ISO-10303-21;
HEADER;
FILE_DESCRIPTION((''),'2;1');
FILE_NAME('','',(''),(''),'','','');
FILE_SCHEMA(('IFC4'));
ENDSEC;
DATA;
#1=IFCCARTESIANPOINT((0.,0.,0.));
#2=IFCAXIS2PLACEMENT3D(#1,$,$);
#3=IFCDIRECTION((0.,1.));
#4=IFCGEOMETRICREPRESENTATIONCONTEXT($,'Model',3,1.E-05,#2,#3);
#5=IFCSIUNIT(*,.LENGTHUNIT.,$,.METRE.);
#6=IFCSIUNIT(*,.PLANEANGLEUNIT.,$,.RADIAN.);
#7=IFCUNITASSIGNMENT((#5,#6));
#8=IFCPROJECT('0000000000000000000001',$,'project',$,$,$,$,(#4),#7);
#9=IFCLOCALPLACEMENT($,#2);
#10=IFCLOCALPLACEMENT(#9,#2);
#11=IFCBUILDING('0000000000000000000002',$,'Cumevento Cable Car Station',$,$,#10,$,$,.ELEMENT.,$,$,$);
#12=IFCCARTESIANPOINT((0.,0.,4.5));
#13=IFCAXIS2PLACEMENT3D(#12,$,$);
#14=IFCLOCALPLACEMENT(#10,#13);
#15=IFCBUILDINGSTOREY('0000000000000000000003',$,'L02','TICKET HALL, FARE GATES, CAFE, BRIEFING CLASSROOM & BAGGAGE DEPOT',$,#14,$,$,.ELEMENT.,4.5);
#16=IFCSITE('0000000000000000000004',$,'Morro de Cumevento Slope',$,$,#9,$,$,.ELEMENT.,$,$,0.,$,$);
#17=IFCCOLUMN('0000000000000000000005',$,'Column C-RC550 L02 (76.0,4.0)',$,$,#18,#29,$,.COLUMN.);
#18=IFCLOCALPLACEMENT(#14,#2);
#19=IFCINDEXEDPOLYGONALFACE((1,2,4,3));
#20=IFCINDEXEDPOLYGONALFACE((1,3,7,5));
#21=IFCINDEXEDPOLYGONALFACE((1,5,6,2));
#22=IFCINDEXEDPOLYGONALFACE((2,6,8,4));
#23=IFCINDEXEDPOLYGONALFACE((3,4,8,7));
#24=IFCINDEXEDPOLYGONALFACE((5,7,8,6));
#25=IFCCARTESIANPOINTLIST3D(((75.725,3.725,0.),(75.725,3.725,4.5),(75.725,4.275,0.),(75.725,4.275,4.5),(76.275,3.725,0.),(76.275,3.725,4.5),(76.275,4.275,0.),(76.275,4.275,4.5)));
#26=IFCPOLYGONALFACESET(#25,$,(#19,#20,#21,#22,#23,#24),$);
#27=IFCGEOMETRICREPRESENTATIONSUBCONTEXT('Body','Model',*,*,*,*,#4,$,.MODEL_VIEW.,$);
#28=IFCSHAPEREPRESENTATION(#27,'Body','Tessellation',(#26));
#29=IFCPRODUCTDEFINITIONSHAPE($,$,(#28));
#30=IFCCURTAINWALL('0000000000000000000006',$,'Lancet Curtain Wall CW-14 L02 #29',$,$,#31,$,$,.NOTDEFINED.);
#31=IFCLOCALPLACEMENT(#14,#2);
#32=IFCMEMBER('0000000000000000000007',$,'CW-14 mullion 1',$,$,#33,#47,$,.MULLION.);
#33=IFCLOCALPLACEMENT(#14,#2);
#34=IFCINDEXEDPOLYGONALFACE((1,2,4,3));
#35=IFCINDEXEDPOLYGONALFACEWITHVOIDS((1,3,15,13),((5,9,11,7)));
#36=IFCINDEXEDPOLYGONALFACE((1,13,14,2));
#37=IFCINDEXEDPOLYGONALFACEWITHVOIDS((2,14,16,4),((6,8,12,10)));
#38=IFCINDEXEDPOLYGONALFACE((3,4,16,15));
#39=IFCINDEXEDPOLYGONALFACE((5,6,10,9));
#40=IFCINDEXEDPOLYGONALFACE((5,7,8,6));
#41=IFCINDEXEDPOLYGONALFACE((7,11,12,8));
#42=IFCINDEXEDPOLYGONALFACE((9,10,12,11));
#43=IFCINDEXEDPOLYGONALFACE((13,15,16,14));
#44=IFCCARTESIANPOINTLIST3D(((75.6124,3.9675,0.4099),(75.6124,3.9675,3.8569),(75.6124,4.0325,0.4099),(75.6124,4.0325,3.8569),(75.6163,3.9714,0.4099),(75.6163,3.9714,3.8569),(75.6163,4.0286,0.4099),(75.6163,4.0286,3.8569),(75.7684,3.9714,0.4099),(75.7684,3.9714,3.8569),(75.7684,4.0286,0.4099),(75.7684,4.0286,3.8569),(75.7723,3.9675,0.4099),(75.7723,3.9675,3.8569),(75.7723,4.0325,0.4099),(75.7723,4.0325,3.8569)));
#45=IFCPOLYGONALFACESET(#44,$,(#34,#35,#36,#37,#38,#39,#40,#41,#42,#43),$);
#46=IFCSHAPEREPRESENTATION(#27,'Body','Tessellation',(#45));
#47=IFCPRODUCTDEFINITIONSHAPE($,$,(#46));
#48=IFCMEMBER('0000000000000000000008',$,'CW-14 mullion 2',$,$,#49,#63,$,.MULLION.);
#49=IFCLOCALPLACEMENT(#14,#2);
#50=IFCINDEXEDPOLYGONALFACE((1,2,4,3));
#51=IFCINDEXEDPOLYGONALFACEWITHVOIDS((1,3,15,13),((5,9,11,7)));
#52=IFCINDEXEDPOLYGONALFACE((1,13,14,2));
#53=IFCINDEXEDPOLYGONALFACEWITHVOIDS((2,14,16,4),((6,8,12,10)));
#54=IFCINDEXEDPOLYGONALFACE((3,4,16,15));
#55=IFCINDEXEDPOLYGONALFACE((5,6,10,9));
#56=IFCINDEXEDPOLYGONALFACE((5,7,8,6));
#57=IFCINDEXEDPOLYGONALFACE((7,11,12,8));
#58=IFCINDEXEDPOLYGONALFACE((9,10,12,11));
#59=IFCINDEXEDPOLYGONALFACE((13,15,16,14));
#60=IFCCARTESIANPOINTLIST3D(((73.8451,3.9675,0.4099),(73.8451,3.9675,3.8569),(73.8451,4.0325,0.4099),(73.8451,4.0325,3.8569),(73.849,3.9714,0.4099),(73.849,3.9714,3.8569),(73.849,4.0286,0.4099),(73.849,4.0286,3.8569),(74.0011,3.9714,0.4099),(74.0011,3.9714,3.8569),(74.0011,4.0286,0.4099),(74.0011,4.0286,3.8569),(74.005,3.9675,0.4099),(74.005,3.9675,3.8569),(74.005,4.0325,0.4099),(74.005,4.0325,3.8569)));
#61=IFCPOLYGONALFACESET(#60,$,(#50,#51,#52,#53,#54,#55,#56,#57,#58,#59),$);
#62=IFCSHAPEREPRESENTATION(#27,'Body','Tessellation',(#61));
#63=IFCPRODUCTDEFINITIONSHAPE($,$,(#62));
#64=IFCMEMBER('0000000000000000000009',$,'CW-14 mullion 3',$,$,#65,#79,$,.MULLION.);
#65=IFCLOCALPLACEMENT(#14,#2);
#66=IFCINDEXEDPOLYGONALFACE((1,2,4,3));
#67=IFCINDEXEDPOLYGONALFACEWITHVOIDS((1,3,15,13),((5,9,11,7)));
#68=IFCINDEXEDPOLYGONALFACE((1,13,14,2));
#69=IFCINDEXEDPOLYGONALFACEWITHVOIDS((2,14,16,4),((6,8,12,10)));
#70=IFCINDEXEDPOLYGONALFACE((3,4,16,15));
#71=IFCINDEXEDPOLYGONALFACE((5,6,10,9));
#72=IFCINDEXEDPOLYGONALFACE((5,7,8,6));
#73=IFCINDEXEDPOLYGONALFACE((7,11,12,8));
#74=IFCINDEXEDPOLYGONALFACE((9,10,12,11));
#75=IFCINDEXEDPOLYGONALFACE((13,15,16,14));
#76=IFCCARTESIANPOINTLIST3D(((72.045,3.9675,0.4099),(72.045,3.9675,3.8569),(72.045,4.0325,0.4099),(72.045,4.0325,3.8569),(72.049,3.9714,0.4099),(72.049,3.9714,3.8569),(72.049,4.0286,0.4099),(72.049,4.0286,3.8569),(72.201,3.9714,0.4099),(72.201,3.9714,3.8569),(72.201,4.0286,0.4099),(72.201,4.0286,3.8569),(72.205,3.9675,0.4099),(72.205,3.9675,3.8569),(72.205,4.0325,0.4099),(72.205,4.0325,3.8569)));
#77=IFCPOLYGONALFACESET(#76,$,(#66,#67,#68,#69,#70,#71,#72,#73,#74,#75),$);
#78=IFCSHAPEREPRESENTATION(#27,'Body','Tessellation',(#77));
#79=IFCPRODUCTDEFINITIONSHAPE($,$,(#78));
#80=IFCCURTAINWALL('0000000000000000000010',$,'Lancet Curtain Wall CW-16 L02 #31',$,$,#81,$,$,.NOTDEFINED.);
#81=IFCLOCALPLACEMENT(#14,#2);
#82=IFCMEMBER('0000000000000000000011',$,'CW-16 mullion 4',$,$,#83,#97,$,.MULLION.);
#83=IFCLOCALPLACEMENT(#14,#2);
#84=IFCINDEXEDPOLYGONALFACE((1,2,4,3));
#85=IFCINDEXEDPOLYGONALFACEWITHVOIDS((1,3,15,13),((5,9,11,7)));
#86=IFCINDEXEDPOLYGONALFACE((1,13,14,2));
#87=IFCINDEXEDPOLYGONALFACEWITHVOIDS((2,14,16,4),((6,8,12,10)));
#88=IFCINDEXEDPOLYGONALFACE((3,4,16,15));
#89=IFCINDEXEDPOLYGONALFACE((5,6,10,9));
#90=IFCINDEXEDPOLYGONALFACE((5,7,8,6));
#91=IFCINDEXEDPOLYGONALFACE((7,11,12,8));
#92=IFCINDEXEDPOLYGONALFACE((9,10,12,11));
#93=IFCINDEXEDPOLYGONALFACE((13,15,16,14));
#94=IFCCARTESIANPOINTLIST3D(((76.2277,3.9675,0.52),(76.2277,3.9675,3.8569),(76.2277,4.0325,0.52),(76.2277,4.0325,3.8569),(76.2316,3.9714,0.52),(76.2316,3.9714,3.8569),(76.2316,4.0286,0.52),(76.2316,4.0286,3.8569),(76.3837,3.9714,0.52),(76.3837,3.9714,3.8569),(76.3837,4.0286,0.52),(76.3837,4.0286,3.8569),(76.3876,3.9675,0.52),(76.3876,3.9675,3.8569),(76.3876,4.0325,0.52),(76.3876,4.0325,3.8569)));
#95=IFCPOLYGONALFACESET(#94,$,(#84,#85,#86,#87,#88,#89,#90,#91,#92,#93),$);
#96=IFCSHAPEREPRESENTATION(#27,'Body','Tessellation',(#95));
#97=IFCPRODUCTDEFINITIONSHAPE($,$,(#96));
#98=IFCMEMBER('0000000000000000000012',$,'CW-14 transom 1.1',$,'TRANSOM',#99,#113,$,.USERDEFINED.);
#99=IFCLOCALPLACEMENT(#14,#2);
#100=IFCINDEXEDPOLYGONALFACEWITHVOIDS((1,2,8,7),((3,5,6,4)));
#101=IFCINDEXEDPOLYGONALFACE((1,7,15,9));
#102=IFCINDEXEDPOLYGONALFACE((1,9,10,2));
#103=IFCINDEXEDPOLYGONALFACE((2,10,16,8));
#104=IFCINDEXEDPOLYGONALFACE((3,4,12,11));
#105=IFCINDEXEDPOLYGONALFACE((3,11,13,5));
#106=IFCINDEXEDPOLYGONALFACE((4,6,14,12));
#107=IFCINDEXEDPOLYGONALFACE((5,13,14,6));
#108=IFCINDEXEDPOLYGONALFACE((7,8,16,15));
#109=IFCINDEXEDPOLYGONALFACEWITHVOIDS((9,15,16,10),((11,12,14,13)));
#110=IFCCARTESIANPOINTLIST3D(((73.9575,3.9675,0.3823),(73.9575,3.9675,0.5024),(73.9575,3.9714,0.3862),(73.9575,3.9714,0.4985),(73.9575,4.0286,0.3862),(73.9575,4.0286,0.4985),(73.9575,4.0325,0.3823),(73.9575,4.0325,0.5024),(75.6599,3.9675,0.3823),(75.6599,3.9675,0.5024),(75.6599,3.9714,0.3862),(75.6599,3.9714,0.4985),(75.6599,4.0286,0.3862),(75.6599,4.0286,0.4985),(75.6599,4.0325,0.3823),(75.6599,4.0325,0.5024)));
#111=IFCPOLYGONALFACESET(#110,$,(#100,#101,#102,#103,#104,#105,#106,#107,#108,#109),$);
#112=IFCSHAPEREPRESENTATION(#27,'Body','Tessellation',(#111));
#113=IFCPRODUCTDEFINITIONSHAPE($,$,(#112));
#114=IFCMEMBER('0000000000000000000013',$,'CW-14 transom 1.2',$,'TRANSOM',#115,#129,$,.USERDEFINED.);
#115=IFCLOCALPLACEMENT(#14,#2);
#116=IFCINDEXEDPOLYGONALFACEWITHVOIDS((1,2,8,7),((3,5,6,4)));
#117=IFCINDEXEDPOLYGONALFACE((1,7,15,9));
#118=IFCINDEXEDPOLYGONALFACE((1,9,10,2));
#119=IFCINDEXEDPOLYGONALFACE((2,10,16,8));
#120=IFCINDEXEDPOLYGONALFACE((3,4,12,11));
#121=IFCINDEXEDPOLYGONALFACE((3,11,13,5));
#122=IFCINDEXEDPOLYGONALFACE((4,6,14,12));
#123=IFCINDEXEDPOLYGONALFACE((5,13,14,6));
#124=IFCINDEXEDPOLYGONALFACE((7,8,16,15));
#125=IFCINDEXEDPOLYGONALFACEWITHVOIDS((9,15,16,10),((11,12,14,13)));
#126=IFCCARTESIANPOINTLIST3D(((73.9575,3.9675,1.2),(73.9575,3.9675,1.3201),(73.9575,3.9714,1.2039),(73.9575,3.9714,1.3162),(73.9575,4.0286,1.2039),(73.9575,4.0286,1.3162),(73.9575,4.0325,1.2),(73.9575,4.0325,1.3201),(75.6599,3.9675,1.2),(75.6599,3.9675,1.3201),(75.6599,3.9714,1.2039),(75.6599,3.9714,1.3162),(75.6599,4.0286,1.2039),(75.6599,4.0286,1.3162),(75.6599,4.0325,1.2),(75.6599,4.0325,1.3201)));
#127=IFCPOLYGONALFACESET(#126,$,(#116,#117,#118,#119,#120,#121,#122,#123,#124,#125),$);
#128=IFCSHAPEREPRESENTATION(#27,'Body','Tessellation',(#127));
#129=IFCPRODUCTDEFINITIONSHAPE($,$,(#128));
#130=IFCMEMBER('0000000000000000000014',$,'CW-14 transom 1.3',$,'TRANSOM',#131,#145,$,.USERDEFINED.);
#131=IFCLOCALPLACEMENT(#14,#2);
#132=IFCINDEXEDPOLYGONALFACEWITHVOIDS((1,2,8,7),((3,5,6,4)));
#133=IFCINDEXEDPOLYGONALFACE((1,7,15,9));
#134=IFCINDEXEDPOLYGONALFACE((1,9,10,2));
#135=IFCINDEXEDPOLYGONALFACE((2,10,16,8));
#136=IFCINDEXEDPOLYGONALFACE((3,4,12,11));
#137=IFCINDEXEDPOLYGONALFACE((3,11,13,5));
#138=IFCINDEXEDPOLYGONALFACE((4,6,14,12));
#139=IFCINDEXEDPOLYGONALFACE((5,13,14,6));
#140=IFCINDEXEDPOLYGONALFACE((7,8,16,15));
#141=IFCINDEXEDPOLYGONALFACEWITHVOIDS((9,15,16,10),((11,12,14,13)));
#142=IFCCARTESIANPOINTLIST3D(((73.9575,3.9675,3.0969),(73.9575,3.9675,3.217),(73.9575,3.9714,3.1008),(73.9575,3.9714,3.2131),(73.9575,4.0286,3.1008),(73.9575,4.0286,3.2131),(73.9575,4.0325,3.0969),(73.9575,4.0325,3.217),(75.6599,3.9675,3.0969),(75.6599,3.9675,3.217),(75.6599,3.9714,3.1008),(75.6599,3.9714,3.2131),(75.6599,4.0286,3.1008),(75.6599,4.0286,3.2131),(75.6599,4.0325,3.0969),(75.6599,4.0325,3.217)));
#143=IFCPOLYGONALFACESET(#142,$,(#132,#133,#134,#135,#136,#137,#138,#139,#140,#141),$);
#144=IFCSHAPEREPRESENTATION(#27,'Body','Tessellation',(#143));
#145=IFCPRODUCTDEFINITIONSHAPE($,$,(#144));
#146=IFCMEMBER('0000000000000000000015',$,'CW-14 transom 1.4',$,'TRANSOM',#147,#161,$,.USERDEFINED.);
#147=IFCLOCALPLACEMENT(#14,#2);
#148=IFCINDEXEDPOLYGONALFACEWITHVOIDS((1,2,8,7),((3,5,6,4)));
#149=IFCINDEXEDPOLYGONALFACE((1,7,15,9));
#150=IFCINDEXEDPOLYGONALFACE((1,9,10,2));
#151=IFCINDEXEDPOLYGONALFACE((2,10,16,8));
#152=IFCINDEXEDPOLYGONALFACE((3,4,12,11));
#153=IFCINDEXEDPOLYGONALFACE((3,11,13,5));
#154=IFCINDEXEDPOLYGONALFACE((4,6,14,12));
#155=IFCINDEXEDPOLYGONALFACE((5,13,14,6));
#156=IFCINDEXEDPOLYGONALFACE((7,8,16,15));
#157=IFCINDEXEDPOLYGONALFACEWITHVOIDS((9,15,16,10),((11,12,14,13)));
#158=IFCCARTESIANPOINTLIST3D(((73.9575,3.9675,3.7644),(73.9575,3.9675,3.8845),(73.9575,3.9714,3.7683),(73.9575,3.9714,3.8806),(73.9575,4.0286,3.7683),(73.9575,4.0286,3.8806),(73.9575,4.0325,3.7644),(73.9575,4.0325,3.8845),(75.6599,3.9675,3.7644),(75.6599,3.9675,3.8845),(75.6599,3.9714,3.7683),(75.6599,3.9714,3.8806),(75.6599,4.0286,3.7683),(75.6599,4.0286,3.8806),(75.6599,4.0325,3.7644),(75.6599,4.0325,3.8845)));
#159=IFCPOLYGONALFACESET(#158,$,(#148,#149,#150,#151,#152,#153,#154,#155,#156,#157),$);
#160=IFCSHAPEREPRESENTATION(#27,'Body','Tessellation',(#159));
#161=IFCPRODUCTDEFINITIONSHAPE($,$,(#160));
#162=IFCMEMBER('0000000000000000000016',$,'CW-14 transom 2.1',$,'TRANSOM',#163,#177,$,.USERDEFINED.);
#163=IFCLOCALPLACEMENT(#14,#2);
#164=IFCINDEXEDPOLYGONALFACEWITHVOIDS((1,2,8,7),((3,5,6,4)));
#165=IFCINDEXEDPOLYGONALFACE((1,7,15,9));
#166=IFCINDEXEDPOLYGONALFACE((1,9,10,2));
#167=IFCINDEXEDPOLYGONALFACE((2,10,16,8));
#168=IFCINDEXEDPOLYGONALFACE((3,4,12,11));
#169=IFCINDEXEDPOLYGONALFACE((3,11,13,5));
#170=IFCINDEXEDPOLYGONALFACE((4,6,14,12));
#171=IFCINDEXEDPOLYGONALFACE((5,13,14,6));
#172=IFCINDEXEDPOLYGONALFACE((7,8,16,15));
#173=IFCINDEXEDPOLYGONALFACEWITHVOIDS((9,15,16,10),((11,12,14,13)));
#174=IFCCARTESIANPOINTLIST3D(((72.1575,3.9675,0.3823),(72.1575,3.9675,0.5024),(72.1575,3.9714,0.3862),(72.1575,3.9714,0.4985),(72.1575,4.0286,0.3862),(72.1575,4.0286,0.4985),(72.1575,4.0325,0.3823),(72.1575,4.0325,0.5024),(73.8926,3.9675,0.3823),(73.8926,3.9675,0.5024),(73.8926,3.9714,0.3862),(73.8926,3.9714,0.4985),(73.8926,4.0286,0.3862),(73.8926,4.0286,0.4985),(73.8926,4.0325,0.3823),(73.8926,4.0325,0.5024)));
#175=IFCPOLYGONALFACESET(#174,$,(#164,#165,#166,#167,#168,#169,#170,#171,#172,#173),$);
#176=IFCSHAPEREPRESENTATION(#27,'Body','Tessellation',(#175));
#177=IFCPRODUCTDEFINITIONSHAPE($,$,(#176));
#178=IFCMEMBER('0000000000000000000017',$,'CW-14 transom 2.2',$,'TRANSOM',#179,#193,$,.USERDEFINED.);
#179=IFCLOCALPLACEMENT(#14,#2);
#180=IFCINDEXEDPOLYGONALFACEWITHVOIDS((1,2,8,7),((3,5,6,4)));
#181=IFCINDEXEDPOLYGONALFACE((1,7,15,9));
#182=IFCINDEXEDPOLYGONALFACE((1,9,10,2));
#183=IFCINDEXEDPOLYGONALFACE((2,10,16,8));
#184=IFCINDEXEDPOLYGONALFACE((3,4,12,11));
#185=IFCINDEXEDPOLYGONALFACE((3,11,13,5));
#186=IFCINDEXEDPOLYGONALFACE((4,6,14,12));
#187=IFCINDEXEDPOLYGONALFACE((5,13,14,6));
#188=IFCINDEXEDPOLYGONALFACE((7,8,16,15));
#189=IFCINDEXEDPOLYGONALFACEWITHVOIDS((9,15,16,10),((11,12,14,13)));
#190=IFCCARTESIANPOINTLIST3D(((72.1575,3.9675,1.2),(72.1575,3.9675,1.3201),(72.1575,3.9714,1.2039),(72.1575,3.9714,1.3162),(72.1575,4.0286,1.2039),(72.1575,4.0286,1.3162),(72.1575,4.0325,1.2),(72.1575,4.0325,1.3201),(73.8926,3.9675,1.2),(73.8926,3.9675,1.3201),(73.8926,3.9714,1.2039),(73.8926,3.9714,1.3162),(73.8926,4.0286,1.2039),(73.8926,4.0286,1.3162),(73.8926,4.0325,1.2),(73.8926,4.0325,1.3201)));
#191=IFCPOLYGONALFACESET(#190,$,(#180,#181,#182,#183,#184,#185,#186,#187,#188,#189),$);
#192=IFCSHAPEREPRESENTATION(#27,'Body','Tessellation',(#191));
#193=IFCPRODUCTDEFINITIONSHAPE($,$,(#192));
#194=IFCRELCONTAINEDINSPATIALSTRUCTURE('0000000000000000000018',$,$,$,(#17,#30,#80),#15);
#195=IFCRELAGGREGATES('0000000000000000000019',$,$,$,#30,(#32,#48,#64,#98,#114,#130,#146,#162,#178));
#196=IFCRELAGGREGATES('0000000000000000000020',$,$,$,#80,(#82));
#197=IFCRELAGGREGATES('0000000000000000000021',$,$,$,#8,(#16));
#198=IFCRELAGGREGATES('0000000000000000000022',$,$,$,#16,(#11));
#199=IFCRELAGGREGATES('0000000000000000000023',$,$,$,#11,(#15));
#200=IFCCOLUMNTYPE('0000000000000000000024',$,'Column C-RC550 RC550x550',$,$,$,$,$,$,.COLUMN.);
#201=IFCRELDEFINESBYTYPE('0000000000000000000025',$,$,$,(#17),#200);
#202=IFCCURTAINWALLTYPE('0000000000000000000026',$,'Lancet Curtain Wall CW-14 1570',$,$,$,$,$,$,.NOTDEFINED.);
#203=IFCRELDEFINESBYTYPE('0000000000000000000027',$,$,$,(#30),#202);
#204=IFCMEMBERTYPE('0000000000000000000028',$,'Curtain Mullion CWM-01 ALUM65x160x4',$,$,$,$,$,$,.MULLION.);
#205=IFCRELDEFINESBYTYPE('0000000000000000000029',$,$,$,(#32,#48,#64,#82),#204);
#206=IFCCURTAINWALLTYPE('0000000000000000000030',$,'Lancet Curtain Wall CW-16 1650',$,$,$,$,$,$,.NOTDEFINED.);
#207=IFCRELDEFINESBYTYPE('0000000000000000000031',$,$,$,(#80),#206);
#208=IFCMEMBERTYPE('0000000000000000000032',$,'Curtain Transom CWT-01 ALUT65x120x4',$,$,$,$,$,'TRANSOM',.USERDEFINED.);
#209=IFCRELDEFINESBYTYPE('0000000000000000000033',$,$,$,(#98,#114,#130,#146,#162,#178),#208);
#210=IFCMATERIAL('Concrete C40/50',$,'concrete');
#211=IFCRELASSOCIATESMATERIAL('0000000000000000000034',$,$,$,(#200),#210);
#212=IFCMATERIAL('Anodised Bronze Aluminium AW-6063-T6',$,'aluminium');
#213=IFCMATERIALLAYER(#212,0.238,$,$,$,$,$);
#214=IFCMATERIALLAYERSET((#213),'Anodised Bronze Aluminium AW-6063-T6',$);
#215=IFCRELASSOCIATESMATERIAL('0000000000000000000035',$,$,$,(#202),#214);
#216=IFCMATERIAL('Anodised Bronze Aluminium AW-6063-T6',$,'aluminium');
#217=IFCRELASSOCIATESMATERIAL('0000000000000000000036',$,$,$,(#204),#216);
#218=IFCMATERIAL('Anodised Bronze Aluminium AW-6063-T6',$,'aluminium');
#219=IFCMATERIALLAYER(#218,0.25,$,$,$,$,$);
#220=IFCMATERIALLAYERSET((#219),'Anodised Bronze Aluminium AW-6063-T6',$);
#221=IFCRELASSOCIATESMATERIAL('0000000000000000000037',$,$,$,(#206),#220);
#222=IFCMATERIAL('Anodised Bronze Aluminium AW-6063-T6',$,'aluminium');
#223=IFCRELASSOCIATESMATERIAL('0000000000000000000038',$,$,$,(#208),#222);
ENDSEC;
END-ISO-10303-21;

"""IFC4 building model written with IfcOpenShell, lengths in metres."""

from ifc_helpers import new_model, si_unit, direction, frame, origin, origin_2d, place, context, subcontext, project, spatial, rectangle, hollow_rectangle, extrude, material, layer, layer_set, material_profile, profile_set, type_object, element, aggregate, save


model = new_model("IFC4")

# Units and contexts
model_context = context("Model", 3, precision=1e-05, world=origin(), true_north=direction((0.0, 1.0)))
body_context = subcontext(model_context, "Body", "Model", "MODEL_VIEW")
ifc_project = project(units=[si_unit("LENGTHUNIT", "METRE"), si_unit("PLANEANGLEUNIT", "RADIAN")], contexts=[model_context])

# Site, building, storey
site_placement = place(None, origin())
site = spatial("IfcSite", under=ifc_project, at=site_placement, Name="Morro de Cumevento Slope", CompositionType="ELEMENT", RefElevation=0.0)
building_placement = place(site_placement, origin())
building = spatial("IfcBuilding", under=site, at=building_placement, Name="Cumevento Cable Car Station", CompositionType="ELEMENT")
storey_placement = place(building_placement, frame((0.0, 0.0, 4.5)))
storey = spatial("IfcBuildingStorey", under=building, at=storey_placement, Name="L02", Description="TICKET HALL, FARE GATES, CAFE, BRIEFING CLASSROOM & BAGGAGE DEPOT", CompositionType="ELEMENT", Elevation=4.5)

# Column
ifc_material_1 = material(Name="Concrete C40/50", Category="concrete")
ifc_material_profile_1 = material_profile(ifc_material_1, rectangle(XDim=0.55, YDim=0.55, at=origin_2d()), Name="RC550x550")
ifc_profile_set_1 = profile_set([ifc_material_profile_1], Name="Concrete C40/50")
column_type = type_object("IfcColumnType", Name="Column C-RC550 RC550x550", PredefinedType="COLUMN", material=ifc_profile_set_1)
column_placement = place(storey_placement, frame((76.0, 4.0, 0.0), z_axis=(0.0, 0.0, 1.0), x_axis=(1.0, 0.0, 0.0)))
element("IfcColumn", 1, at=column_placement, inside=storey, type_object=column_type, Name="Column C-RC550 L02 (76.0,4.0)", PredefinedType="COLUMN", context=body_context, shape_type="SweptSolid", body=[
    extrude(rectangle(XDim=0.55, YDim=0.55, at=origin_2d()), origin(), (0.0, 0.0, 1.0), 4.5),
])

# Curtain wall, members
ifc_material_2 = material(Name="Anodised Bronze Aluminium AW-6063-T6", Category="aluminium")
ifc_layer_1 = layer(ifc_material_2, 0.238)
ifc_layer_set_1 = layer_set([ifc_layer_1], Name="Anodised Bronze Aluminium AW-6063-T6")
curtain_wall_type_1 = type_object("IfcCurtainWallType", Name="Lancet Curtain Wall CW-14 1570", PredefinedType="NOTDEFINED", material=ifc_layer_set_1)
curtain_wall_1_placement = place(storey_placement, origin())
curtain_wall_1 = element("IfcCurtainWall", 2, at=curtain_wall_1_placement, inside=storey, type_object=curtain_wall_type_1, Name="Lancet Curtain Wall CW-14 L02 #29", PredefinedType="NOTDEFINED")
ifc_material_3 = material(Name="Anodised Bronze Aluminium AW-6063-T6", Category="aluminium")
ifc_material_profile_2 = material_profile(ifc_material_3, hollow_rectangle(XDim=0.0649, YDim=0.1599, WallThickness=0.0039, at=origin_2d()), Name="ALUM65x160x4")
ifc_profile_set_2 = profile_set([ifc_material_profile_2], Name="Anodised Bronze Aluminium AW-6063-T6")
member_type_1 = type_object("IfcMemberType", Name="Curtain Mullion CWM-01 ALUM65x160x4", PredefinedType="MULLION", material=ifc_profile_set_2)
member_1_placement = place(storey_placement, frame((75.6924, 4.0, 0.4099), z_axis=(0.0, 0.0, 1.0), x_axis=(0.0, -1.0, 0.0)))
member_1 = element("IfcMember", 3, at=member_1_placement, type_object=member_type_1, Name="CW-14 mullion 1", PredefinedType="MULLION", context=body_context, shape_type="SweptSolid", body=[
    extrude(hollow_rectangle(XDim=0.0649, YDim=0.1599, WallThickness=0.0039, at=origin_2d()), origin(), (0.0, 0.0, 1.0), 3.447),
])
member_2_placement = place(storey_placement, frame((73.925, 4.0, 0.4099), z_axis=(0.0, 0.0, 1.0), x_axis=(0.0, -1.0, 0.0)))
member_2 = element("IfcMember", 4, at=member_2_placement, type_object=member_type_1, Name="CW-14 mullion 2", PredefinedType="MULLION", context=body_context, shape_type="SweptSolid", body=[
    extrude(hollow_rectangle(XDim=0.0649, YDim=0.1599, WallThickness=0.0039, at=origin_2d()), origin(), (0.0, 0.0, 1.0), 3.447),
])
member_3_placement = place(storey_placement, frame((72.125, 4.0, 0.4099), z_axis=(0.0, 0.0, 1.0), x_axis=(0.0, -1.0, 0.0)))
member_3 = element("IfcMember", 5, at=member_3_placement, type_object=member_type_1, Name="CW-14 mullion 3", PredefinedType="MULLION", context=body_context, shape_type="SweptSolid", body=[
    extrude(hollow_rectangle(XDim=0.0649, YDim=0.1599, WallThickness=0.0039, at=origin_2d()), origin(), (0.0, 0.0, 1.0), 3.447),
])

# Curtain wall, member
ifc_material_4 = material(Name="Anodised Bronze Aluminium AW-6063-T6", Category="aluminium")
ifc_layer_2 = layer(ifc_material_4, 0.25)
ifc_layer_set_2 = layer_set([ifc_layer_2], Name="Anodised Bronze Aluminium AW-6063-T6")
curtain_wall_type_2 = type_object("IfcCurtainWallType", Name="Lancet Curtain Wall CW-16 1650", PredefinedType="NOTDEFINED", material=ifc_layer_set_2)
curtain_wall_2_placement = place(storey_placement, origin())
curtain_wall_2 = element("IfcCurtainWall", 6, at=curtain_wall_2_placement, inside=storey, type_object=curtain_wall_type_2, Name="Lancet Curtain Wall CW-16 L02 #31", PredefinedType="NOTDEFINED")
member_4_placement = place(storey_placement, frame((76.3076, 4.0, 0.52), z_axis=(0.0, 0.0, 1.0), x_axis=(0.0, -1.0, 0.0)))
member_4 = element("IfcMember", 7, at=member_4_placement, type_object=member_type_1, Name="CW-16 mullion 4", PredefinedType="MULLION", context=body_context, shape_type="SweptSolid", body=[
    extrude(hollow_rectangle(XDim=0.0649, YDim=0.1599, WallThickness=0.0039, at=origin_2d()), origin(), (0.0, 0.0, 1.0), 3.3369),
])

# Members
ifc_material_5 = material(Name="Anodised Bronze Aluminium AW-6063-T6", Category="aluminium")
ifc_material_profile_3 = material_profile(ifc_material_5, hollow_rectangle(XDim=0.0649, YDim=0.1201, WallThickness=0.0039, at=origin_2d()), Name="ALUT65x120x4")
ifc_profile_set_3 = profile_set([ifc_material_profile_3], Name="Anodised Bronze Aluminium AW-6063-T6")
member_type_2 = type_object("IfcMemberType", Name="Curtain Transom CWT-01 ALUT65x120x4", ElementType="TRANSOM", PredefinedType="USERDEFINED", material=ifc_profile_set_3)
member_5_placement = place(storey_placement, frame((75.6599, 4.0, 0.4424), z_axis=(-1.0, 0.0, 0.0), x_axis=(0.0, -1.0, 0.0)))
member_5 = element("IfcMember", 8, at=member_5_placement, type_object=member_type_2, Name="CW-14 transom 1.1", ObjectType="TRANSOM", PredefinedType="USERDEFINED", context=body_context, shape_type="SweptSolid", body=[
    extrude(hollow_rectangle(XDim=0.0649, YDim=0.1201, WallThickness=0.0039, at=origin_2d()), origin(), (0.0, 0.0, 1.0), 1.7024),
])
member_6_placement = place(storey_placement, frame((75.6599, 4.0, 1.26), z_axis=(-1.0, 0.0, 0.0), x_axis=(0.0, -1.0, 0.0)))
member_6 = element("IfcMember", 9, at=member_6_placement, type_object=member_type_2, Name="CW-14 transom 1.2", ObjectType="TRANSOM", PredefinedType="USERDEFINED", context=body_context, shape_type="SweptSolid", body=[
    extrude(hollow_rectangle(XDim=0.0649, YDim=0.1201, WallThickness=0.0039, at=origin_2d()), origin(), (0.0, 0.0, 1.0), 1.7024),
])
member_7_placement = place(storey_placement, frame((75.6599, 4.0, 3.157), z_axis=(-1.0, 0.0, 0.0), x_axis=(0.0, -1.0, 0.0)))
member_7 = element("IfcMember", 10, at=member_7_placement, type_object=member_type_2, Name="CW-14 transom 1.3", ObjectType="TRANSOM", PredefinedType="USERDEFINED", context=body_context, shape_type="SweptSolid", body=[
    extrude(hollow_rectangle(XDim=0.0649, YDim=0.1201, WallThickness=0.0039, at=origin_2d()), origin(), (0.0, 0.0, 1.0), 1.7024),
])
member_8_placement = place(storey_placement, frame((75.6599, 4.0, 3.8245), z_axis=(-1.0, 0.0, 0.0), x_axis=(0.0, -1.0, 0.0)))
member_8 = element("IfcMember", 11, at=member_8_placement, type_object=member_type_2, Name="CW-14 transom 1.4", ObjectType="TRANSOM", PredefinedType="USERDEFINED", context=body_context, shape_type="SweptSolid", body=[
    extrude(hollow_rectangle(XDim=0.0649, YDim=0.1201, WallThickness=0.0039, at=origin_2d()), origin(), (0.0, 0.0, 1.0), 1.7024),
])
member_9_placement = place(storey_placement, frame((73.8926, 4.0, 0.4424), z_axis=(-1.0, 0.0, 0.0), x_axis=(0.0, -1.0, 0.0)))
member_9 = element("IfcMember", 12, at=member_9_placement, type_object=member_type_2, Name="CW-14 transom 2.1", ObjectType="TRANSOM", PredefinedType="USERDEFINED", context=body_context, shape_type="SweptSolid", body=[
    extrude(hollow_rectangle(XDim=0.0649, YDim=0.1201, WallThickness=0.0039, at=origin_2d()), origin(), (0.0, 0.0, 1.0), 1.7351),
])
member_10_placement = place(storey_placement, frame((73.8926, 4.0, 1.26), z_axis=(-1.0, 0.0, 0.0), x_axis=(0.0, -1.0, 0.0)))
member_10 = element("IfcMember", 13, at=member_10_placement, type_object=member_type_2, Name="CW-14 transom 2.2", ObjectType="TRANSOM", PredefinedType="USERDEFINED", context=body_context, shape_type="SweptSolid", body=[
    extrude(hollow_rectangle(XDim=0.0649, YDim=0.1201, WallThickness=0.0039, at=origin_2d()), origin(), (0.0, 0.0, 1.0), 1.7351),
])

aggregate(curtain_wall_1, [member_1, member_2, member_3, member_5, member_6, member_7, member_8, member_9, member_10])
aggregate(curtain_wall_2, [member_4])

save(model, "model.ifc")
